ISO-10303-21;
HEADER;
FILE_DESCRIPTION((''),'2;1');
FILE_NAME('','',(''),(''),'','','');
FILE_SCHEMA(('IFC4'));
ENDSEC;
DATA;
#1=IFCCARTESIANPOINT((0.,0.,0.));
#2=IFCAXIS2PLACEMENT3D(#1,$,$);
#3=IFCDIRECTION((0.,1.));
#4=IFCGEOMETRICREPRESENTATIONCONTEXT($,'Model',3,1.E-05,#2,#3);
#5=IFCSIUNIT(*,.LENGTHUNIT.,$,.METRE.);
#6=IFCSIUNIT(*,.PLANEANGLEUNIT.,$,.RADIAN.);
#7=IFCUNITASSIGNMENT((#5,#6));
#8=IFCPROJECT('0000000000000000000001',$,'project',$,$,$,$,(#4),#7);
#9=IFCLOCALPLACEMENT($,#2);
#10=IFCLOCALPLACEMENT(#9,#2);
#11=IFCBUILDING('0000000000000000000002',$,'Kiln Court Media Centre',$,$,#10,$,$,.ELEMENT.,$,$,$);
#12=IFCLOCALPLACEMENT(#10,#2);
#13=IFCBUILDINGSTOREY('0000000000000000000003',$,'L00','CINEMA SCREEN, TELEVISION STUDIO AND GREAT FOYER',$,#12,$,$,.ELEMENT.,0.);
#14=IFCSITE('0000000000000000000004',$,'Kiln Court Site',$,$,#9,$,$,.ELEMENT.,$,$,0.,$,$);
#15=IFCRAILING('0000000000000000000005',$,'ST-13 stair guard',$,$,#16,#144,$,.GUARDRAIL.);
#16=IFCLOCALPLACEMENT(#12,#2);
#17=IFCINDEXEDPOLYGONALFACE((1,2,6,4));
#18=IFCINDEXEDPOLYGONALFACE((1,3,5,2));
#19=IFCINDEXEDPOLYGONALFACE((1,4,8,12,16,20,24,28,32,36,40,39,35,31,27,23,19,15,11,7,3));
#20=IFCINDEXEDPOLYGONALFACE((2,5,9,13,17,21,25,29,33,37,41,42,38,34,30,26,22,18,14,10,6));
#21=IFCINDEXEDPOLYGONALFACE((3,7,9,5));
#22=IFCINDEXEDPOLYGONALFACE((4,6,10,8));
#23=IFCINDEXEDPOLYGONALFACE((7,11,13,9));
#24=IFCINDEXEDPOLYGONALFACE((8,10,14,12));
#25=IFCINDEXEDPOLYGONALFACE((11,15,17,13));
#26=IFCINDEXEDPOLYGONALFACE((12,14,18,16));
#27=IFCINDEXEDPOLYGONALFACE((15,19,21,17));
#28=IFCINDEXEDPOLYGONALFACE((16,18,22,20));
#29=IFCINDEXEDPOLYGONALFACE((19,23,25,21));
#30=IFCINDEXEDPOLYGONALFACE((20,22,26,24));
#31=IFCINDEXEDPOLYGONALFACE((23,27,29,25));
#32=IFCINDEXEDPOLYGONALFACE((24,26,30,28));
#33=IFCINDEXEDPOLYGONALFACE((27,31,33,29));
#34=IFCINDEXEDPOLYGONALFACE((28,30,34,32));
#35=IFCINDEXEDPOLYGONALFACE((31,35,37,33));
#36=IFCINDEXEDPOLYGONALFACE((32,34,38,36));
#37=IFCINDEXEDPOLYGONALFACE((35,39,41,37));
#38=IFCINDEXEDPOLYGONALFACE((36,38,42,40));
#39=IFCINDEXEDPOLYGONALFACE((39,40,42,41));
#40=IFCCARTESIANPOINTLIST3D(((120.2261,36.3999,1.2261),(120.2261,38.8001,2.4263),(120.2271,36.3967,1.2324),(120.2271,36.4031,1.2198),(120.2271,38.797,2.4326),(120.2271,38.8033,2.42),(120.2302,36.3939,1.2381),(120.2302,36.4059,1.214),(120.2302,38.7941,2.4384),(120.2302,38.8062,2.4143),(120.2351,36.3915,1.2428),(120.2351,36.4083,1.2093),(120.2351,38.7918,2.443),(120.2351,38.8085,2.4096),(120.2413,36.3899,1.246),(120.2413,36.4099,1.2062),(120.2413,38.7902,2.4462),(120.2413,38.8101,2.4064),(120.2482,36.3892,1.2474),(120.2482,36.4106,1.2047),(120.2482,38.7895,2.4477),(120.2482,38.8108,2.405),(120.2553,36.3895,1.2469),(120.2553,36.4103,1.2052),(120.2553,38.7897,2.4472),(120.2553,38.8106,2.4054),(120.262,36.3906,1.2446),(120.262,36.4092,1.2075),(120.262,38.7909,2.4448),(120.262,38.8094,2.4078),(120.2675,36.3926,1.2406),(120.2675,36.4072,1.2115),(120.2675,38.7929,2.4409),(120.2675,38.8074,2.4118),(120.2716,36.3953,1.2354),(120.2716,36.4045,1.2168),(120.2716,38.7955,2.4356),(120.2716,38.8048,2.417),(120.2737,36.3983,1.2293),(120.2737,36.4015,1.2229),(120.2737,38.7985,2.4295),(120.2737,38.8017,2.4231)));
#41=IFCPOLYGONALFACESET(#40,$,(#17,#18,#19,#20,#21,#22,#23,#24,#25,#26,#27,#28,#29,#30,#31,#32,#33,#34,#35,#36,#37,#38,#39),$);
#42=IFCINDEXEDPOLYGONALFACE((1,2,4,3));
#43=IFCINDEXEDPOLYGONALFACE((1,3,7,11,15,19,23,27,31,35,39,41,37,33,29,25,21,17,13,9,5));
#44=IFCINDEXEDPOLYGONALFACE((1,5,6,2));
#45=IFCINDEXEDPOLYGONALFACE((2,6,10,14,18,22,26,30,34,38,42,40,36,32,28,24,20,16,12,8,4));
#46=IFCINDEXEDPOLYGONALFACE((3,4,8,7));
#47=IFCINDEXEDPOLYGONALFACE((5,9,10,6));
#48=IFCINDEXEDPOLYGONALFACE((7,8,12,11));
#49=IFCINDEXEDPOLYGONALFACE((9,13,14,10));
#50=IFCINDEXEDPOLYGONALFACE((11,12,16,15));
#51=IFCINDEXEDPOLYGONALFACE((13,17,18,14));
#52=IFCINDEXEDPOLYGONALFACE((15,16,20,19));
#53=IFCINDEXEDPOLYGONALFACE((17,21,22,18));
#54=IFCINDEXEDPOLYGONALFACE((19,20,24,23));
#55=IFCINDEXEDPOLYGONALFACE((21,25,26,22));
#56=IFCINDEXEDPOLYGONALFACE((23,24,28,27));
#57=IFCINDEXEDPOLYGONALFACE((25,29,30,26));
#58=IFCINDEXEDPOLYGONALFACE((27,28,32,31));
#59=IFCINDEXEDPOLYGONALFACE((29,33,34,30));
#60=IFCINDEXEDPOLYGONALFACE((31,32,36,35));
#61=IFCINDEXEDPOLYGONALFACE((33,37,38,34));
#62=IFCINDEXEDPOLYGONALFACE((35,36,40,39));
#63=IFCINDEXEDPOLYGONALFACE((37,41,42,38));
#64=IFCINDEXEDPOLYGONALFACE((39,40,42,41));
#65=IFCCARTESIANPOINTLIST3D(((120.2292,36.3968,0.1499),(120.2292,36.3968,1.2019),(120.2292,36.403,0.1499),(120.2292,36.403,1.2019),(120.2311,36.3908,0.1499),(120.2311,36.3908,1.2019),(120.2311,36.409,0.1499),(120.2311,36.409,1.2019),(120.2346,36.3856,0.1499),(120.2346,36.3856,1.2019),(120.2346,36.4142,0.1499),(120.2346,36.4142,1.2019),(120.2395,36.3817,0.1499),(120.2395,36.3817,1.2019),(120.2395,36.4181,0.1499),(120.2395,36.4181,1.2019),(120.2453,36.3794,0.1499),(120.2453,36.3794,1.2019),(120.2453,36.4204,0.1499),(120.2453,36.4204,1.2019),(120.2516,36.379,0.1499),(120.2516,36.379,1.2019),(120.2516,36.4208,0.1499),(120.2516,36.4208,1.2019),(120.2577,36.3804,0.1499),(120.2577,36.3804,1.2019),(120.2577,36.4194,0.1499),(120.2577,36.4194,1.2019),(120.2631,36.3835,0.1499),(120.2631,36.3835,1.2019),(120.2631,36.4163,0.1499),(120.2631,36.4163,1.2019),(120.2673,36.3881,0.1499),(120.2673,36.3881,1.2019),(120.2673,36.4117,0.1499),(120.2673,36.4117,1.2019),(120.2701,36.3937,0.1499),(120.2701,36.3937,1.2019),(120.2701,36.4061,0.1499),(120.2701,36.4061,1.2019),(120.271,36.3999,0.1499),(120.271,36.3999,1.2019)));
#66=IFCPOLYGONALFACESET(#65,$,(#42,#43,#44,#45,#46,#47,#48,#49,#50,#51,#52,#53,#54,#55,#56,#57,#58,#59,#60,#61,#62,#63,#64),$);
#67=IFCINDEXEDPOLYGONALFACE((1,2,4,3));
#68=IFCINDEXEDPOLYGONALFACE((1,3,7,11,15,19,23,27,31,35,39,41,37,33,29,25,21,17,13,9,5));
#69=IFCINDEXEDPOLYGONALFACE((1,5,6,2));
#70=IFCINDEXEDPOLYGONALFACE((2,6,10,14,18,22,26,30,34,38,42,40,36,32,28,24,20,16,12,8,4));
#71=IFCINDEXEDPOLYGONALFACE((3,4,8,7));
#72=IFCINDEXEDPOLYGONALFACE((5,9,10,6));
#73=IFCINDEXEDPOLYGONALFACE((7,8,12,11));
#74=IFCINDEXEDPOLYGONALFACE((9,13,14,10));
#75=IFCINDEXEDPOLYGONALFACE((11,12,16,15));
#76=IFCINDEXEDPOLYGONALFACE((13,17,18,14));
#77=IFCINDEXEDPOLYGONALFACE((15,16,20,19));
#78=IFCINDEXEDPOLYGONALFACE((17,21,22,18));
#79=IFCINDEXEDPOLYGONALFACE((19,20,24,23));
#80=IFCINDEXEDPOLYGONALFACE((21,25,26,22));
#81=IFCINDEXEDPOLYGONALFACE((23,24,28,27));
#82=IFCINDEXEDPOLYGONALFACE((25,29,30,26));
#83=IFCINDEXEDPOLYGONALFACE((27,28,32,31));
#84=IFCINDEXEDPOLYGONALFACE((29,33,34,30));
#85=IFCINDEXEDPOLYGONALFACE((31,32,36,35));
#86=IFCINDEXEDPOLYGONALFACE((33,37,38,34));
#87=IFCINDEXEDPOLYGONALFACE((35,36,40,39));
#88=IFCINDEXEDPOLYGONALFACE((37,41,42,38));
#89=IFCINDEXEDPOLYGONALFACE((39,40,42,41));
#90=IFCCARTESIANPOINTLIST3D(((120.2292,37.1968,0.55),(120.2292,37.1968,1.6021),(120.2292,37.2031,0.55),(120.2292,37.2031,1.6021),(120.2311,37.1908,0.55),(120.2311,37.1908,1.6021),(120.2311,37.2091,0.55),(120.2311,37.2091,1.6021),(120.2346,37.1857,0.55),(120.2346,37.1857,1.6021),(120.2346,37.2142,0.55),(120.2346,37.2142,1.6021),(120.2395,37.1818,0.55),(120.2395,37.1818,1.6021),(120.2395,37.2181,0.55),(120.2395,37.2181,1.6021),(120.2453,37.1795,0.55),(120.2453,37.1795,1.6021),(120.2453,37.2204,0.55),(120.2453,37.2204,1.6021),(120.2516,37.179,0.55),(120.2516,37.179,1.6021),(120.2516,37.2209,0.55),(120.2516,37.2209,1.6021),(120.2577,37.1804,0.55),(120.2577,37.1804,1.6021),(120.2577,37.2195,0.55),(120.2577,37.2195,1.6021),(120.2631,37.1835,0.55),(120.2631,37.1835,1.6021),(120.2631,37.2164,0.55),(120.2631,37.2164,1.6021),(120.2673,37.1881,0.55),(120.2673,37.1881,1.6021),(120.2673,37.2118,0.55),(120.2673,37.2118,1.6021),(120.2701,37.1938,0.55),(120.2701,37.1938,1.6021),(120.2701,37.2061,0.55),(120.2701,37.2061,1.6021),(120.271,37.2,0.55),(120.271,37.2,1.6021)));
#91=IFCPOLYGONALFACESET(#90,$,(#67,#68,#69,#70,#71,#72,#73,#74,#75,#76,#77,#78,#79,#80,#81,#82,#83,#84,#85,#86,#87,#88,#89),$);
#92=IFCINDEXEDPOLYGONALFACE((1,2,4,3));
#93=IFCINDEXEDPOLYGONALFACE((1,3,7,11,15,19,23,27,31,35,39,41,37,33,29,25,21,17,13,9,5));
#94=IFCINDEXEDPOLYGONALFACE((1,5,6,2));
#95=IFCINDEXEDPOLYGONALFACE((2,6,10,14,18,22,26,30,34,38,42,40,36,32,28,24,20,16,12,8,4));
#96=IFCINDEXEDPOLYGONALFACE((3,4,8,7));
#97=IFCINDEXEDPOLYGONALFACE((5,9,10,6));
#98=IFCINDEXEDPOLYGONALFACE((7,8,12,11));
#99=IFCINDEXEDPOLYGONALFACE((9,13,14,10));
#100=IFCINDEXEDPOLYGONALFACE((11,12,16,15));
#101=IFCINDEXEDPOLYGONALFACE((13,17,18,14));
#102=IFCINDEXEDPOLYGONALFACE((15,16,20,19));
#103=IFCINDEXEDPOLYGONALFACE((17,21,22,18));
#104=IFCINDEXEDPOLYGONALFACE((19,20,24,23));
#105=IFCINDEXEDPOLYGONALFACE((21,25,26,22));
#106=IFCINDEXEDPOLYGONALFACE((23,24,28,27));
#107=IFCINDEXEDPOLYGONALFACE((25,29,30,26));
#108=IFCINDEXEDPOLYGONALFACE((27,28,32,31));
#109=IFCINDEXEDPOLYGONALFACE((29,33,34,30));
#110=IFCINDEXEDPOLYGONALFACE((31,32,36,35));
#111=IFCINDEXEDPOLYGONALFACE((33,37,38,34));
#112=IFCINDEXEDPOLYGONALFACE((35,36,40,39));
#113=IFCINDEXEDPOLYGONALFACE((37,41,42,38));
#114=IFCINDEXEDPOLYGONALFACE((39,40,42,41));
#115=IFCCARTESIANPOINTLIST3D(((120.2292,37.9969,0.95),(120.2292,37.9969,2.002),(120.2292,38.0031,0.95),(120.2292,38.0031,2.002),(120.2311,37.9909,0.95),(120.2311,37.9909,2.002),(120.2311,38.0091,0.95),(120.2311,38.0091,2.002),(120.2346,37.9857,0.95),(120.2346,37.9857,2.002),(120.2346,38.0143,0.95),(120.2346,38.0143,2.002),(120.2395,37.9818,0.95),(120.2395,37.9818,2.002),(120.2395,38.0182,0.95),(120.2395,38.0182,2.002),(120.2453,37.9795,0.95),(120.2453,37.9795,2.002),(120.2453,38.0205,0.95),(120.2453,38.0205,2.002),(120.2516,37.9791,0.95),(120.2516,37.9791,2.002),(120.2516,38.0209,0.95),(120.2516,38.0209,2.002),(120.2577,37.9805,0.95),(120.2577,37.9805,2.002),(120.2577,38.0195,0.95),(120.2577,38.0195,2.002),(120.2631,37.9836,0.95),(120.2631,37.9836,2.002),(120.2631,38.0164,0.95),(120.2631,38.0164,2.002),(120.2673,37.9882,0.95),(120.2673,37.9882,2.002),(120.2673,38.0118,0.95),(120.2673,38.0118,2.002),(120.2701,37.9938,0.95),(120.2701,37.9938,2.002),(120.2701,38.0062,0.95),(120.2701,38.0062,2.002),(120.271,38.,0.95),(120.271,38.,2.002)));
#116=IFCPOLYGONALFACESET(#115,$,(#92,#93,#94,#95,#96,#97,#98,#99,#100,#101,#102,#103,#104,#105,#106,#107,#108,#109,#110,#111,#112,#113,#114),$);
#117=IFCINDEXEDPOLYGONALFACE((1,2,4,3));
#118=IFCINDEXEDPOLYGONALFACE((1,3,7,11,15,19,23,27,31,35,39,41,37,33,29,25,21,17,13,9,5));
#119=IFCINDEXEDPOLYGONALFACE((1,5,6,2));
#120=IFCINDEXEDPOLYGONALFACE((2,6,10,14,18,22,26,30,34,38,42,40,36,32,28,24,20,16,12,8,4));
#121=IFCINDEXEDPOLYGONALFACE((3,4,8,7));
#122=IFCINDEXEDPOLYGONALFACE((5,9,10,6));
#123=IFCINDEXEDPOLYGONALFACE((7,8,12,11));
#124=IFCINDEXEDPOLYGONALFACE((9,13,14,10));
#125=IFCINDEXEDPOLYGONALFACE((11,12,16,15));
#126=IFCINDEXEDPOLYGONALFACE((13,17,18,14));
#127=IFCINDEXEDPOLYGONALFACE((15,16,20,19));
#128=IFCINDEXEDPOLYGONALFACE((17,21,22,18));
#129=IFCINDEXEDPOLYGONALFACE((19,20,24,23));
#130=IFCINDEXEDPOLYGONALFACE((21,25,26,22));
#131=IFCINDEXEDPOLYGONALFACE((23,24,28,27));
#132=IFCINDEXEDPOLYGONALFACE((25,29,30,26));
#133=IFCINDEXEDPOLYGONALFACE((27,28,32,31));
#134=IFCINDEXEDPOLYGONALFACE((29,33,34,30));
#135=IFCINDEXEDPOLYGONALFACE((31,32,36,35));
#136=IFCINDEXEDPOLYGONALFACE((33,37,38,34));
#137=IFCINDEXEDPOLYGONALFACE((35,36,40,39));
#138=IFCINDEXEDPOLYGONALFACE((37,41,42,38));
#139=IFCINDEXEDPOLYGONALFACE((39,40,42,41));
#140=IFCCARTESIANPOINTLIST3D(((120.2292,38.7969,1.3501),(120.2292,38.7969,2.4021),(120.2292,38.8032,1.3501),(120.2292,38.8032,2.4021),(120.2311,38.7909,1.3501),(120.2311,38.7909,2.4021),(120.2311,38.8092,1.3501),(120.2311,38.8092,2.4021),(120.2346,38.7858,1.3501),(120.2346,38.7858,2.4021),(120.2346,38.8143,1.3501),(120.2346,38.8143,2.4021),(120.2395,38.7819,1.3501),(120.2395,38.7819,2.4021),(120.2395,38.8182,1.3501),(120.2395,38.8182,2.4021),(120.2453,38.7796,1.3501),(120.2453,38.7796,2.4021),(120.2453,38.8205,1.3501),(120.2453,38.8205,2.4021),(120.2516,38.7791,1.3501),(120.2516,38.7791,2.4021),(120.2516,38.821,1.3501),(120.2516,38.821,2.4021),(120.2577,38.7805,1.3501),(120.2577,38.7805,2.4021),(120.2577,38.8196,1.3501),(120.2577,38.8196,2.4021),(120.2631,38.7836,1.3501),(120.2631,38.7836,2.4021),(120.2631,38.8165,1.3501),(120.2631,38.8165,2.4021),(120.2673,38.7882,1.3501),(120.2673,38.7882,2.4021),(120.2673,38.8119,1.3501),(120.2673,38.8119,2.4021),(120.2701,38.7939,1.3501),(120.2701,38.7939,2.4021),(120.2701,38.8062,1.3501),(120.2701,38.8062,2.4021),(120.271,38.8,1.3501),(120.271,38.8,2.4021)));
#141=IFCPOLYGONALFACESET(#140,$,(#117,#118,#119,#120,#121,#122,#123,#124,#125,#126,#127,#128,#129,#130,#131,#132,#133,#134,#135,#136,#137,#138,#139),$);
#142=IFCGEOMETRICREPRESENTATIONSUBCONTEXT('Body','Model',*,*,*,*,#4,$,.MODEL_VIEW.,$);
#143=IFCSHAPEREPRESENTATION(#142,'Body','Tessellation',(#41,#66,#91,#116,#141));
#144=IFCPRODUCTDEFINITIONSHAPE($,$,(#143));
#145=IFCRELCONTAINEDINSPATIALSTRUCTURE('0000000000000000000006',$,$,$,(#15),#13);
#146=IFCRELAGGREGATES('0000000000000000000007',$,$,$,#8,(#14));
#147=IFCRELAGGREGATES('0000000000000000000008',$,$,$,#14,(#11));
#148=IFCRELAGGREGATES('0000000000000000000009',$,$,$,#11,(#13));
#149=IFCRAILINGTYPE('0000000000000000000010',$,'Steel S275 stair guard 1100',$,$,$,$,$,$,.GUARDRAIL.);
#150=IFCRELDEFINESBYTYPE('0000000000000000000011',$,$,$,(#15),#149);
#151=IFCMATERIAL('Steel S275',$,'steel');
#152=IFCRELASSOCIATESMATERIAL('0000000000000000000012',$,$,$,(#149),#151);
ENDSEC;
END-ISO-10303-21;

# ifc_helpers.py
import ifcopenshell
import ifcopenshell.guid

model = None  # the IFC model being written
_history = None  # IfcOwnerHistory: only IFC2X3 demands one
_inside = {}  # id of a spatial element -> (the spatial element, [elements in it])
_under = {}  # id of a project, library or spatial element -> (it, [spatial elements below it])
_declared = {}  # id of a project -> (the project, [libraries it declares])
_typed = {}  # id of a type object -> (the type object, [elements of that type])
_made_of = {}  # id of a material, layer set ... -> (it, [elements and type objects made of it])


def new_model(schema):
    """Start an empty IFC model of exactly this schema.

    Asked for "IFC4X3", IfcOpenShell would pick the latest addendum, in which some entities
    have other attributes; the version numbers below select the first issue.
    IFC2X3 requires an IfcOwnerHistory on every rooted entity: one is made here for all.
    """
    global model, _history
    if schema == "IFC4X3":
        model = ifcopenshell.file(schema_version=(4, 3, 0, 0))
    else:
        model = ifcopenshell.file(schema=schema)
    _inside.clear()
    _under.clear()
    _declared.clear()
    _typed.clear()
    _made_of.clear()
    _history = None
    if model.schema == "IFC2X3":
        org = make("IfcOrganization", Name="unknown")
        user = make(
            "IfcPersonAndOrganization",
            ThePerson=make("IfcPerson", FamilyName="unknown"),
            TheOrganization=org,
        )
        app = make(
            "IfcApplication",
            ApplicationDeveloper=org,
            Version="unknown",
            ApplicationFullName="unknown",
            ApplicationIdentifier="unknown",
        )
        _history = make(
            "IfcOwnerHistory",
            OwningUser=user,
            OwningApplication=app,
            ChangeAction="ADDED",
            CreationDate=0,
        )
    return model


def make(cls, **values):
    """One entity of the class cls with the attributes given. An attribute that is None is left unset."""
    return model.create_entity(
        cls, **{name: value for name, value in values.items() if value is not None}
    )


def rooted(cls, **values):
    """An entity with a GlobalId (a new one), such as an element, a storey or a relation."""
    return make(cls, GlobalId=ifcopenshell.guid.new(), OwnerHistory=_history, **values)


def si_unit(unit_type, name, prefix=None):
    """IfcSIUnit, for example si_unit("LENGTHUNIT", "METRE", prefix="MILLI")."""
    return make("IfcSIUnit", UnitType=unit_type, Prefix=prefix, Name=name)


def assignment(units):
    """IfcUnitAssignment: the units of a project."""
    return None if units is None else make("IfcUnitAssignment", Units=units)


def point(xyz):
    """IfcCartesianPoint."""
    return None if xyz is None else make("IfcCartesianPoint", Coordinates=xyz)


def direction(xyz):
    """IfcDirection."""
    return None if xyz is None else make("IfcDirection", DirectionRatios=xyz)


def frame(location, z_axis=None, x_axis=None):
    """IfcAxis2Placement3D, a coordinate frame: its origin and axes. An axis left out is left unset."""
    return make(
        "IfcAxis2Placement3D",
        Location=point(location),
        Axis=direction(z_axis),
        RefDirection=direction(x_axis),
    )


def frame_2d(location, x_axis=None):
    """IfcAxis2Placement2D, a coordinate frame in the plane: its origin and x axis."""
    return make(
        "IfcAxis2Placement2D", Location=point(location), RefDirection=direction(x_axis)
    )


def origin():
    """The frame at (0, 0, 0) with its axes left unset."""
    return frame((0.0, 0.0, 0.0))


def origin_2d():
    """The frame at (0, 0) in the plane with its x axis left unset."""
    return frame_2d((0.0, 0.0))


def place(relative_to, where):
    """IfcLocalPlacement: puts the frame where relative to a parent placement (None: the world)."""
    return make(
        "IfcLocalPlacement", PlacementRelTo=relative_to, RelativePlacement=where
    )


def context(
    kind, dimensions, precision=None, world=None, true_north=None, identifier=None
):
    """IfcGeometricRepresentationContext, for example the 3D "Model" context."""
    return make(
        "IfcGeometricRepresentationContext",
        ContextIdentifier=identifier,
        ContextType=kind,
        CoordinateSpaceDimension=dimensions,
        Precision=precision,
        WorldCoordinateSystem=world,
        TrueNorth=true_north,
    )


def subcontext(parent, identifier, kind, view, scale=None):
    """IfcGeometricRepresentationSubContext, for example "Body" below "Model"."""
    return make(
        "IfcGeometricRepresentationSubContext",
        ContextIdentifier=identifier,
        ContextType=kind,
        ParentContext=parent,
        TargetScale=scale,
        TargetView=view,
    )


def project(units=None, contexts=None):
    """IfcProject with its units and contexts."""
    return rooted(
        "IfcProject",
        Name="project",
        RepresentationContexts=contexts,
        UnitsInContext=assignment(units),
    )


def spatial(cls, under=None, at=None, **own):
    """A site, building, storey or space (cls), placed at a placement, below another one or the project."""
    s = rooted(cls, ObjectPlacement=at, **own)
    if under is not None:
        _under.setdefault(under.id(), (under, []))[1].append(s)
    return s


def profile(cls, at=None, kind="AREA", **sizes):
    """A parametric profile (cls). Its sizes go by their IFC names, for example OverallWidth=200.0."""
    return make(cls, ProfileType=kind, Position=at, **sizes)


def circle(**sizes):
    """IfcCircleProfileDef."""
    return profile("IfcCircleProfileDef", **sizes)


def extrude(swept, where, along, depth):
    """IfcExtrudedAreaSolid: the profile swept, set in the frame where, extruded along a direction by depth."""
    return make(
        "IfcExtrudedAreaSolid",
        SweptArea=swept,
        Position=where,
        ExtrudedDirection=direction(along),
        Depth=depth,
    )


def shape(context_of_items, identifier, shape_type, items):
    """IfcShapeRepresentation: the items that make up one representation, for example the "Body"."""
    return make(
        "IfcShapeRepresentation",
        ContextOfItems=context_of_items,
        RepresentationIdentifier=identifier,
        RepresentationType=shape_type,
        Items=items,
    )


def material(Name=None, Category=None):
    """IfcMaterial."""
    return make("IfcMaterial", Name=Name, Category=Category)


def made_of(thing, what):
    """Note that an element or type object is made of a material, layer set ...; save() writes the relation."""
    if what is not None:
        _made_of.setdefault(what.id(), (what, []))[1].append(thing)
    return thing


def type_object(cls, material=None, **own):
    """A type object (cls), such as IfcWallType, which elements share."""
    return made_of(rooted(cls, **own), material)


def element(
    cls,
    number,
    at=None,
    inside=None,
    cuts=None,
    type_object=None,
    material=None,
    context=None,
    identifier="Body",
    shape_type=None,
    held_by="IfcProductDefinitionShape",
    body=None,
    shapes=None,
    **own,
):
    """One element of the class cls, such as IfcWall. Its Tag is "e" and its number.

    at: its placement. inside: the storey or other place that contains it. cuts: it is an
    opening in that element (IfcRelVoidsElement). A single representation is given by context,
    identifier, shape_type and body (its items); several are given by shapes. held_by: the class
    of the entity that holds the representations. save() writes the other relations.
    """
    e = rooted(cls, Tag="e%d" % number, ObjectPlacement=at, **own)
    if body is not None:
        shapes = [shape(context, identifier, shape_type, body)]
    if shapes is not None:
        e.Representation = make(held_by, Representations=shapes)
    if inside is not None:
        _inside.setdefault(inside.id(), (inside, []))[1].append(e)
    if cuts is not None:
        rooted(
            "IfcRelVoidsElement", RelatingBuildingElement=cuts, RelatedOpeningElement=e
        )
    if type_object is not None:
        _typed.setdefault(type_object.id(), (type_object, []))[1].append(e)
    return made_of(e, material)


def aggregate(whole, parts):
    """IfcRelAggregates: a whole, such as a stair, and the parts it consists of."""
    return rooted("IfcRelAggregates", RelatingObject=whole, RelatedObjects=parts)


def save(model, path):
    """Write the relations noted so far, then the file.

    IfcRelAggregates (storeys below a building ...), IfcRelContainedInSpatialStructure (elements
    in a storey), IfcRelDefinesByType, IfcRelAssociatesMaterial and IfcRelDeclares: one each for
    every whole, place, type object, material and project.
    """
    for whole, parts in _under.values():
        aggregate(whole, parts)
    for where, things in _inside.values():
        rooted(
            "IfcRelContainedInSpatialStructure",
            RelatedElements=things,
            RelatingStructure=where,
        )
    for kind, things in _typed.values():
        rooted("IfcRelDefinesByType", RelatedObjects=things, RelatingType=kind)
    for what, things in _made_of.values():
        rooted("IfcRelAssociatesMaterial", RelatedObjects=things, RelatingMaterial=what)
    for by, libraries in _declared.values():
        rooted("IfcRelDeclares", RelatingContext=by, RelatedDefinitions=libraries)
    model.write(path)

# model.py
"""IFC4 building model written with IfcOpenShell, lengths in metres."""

from ifc_helpers import new_model, si_unit, direction, frame, origin, origin_2d, place, context, subcontext, project, spatial, circle, extrude, material, type_object, element, save


model = new_model("IFC4")

# Units and contexts
model_context = context("Model", 3, precision=1e-05, world=origin(), true_north=direction((0.0, 1.0)))
body_context = subcontext(model_context, "Body", "Model", "MODEL_VIEW")
ifc_project = project(units=[si_unit("LENGTHUNIT", "METRE"), si_unit("PLANEANGLEUNIT", "RADIAN")], contexts=[model_context])

# Site, building, storey
site_placement = place(None, origin())
site = spatial("IfcSite", under=ifc_project, at=site_placement, Name="Kiln Court Site", CompositionType="ELEMENT", RefElevation=0.0)
building_placement = place(site_placement, origin())
building = spatial("IfcBuilding", under=site, at=building_placement, Name="Kiln Court Media Centre", CompositionType="ELEMENT")
storey_placement = place(building_placement, origin())
storey = spatial("IfcBuildingStorey", under=building, at=storey_placement, Name="L00", Description="CINEMA SCREEN, TELEVISION STUDIO AND GREAT FOYER", CompositionType="ELEMENT", Elevation=0.0)

# Railing
ifc_material_1 = material(Name="Steel S275", Category="steel")
railing_type_1 = type_object("IfcRailingType", Name="Steel S275 stair guard 1100", PredefinedType="GUARDRAIL", material=ifc_material_1)
railing_1_placement = place(storey_placement, frame((120.25, 36.3999, 0.1499)))
element("IfcRailing", 1, at=railing_1_placement, inside=storey, type_object=railing_type_1, Name="ST-13 stair guard", PredefinedType="GUARDRAIL", context=body_context, shape_type="SweptSolid", body=[
    extrude(circle(Radius=0.0239, at=origin_2d()), frame((0.0, 0.0, 1.0762), z_axis=(0.0, 0.894409, 0.44725), x_axis=(-1.0, 0.0, 0.0)), (0.0, 0.0, 1.0), 2.6836),
    extrude(circle(Radius=0.021, at=origin_2d()), origin(), (0.0, 0.0, 1.0), 1.052),
    extrude(circle(Radius=0.021, at=origin_2d()), frame((0.0, 0.8, 0.4001)), (0.0, 0.0, 1.0), 1.052),
    extrude(circle(Radius=0.021, at=origin_2d()), frame((0.0, 1.6001, 0.8)), (0.0, 0.0, 1.0), 1.052),
    extrude(circle(Radius=0.021, at=origin_2d()), frame((0.0, 2.4001, 1.2002)), (0.0, 0.0, 1.0), 1.052),
])

save(model, "model.ifc")
